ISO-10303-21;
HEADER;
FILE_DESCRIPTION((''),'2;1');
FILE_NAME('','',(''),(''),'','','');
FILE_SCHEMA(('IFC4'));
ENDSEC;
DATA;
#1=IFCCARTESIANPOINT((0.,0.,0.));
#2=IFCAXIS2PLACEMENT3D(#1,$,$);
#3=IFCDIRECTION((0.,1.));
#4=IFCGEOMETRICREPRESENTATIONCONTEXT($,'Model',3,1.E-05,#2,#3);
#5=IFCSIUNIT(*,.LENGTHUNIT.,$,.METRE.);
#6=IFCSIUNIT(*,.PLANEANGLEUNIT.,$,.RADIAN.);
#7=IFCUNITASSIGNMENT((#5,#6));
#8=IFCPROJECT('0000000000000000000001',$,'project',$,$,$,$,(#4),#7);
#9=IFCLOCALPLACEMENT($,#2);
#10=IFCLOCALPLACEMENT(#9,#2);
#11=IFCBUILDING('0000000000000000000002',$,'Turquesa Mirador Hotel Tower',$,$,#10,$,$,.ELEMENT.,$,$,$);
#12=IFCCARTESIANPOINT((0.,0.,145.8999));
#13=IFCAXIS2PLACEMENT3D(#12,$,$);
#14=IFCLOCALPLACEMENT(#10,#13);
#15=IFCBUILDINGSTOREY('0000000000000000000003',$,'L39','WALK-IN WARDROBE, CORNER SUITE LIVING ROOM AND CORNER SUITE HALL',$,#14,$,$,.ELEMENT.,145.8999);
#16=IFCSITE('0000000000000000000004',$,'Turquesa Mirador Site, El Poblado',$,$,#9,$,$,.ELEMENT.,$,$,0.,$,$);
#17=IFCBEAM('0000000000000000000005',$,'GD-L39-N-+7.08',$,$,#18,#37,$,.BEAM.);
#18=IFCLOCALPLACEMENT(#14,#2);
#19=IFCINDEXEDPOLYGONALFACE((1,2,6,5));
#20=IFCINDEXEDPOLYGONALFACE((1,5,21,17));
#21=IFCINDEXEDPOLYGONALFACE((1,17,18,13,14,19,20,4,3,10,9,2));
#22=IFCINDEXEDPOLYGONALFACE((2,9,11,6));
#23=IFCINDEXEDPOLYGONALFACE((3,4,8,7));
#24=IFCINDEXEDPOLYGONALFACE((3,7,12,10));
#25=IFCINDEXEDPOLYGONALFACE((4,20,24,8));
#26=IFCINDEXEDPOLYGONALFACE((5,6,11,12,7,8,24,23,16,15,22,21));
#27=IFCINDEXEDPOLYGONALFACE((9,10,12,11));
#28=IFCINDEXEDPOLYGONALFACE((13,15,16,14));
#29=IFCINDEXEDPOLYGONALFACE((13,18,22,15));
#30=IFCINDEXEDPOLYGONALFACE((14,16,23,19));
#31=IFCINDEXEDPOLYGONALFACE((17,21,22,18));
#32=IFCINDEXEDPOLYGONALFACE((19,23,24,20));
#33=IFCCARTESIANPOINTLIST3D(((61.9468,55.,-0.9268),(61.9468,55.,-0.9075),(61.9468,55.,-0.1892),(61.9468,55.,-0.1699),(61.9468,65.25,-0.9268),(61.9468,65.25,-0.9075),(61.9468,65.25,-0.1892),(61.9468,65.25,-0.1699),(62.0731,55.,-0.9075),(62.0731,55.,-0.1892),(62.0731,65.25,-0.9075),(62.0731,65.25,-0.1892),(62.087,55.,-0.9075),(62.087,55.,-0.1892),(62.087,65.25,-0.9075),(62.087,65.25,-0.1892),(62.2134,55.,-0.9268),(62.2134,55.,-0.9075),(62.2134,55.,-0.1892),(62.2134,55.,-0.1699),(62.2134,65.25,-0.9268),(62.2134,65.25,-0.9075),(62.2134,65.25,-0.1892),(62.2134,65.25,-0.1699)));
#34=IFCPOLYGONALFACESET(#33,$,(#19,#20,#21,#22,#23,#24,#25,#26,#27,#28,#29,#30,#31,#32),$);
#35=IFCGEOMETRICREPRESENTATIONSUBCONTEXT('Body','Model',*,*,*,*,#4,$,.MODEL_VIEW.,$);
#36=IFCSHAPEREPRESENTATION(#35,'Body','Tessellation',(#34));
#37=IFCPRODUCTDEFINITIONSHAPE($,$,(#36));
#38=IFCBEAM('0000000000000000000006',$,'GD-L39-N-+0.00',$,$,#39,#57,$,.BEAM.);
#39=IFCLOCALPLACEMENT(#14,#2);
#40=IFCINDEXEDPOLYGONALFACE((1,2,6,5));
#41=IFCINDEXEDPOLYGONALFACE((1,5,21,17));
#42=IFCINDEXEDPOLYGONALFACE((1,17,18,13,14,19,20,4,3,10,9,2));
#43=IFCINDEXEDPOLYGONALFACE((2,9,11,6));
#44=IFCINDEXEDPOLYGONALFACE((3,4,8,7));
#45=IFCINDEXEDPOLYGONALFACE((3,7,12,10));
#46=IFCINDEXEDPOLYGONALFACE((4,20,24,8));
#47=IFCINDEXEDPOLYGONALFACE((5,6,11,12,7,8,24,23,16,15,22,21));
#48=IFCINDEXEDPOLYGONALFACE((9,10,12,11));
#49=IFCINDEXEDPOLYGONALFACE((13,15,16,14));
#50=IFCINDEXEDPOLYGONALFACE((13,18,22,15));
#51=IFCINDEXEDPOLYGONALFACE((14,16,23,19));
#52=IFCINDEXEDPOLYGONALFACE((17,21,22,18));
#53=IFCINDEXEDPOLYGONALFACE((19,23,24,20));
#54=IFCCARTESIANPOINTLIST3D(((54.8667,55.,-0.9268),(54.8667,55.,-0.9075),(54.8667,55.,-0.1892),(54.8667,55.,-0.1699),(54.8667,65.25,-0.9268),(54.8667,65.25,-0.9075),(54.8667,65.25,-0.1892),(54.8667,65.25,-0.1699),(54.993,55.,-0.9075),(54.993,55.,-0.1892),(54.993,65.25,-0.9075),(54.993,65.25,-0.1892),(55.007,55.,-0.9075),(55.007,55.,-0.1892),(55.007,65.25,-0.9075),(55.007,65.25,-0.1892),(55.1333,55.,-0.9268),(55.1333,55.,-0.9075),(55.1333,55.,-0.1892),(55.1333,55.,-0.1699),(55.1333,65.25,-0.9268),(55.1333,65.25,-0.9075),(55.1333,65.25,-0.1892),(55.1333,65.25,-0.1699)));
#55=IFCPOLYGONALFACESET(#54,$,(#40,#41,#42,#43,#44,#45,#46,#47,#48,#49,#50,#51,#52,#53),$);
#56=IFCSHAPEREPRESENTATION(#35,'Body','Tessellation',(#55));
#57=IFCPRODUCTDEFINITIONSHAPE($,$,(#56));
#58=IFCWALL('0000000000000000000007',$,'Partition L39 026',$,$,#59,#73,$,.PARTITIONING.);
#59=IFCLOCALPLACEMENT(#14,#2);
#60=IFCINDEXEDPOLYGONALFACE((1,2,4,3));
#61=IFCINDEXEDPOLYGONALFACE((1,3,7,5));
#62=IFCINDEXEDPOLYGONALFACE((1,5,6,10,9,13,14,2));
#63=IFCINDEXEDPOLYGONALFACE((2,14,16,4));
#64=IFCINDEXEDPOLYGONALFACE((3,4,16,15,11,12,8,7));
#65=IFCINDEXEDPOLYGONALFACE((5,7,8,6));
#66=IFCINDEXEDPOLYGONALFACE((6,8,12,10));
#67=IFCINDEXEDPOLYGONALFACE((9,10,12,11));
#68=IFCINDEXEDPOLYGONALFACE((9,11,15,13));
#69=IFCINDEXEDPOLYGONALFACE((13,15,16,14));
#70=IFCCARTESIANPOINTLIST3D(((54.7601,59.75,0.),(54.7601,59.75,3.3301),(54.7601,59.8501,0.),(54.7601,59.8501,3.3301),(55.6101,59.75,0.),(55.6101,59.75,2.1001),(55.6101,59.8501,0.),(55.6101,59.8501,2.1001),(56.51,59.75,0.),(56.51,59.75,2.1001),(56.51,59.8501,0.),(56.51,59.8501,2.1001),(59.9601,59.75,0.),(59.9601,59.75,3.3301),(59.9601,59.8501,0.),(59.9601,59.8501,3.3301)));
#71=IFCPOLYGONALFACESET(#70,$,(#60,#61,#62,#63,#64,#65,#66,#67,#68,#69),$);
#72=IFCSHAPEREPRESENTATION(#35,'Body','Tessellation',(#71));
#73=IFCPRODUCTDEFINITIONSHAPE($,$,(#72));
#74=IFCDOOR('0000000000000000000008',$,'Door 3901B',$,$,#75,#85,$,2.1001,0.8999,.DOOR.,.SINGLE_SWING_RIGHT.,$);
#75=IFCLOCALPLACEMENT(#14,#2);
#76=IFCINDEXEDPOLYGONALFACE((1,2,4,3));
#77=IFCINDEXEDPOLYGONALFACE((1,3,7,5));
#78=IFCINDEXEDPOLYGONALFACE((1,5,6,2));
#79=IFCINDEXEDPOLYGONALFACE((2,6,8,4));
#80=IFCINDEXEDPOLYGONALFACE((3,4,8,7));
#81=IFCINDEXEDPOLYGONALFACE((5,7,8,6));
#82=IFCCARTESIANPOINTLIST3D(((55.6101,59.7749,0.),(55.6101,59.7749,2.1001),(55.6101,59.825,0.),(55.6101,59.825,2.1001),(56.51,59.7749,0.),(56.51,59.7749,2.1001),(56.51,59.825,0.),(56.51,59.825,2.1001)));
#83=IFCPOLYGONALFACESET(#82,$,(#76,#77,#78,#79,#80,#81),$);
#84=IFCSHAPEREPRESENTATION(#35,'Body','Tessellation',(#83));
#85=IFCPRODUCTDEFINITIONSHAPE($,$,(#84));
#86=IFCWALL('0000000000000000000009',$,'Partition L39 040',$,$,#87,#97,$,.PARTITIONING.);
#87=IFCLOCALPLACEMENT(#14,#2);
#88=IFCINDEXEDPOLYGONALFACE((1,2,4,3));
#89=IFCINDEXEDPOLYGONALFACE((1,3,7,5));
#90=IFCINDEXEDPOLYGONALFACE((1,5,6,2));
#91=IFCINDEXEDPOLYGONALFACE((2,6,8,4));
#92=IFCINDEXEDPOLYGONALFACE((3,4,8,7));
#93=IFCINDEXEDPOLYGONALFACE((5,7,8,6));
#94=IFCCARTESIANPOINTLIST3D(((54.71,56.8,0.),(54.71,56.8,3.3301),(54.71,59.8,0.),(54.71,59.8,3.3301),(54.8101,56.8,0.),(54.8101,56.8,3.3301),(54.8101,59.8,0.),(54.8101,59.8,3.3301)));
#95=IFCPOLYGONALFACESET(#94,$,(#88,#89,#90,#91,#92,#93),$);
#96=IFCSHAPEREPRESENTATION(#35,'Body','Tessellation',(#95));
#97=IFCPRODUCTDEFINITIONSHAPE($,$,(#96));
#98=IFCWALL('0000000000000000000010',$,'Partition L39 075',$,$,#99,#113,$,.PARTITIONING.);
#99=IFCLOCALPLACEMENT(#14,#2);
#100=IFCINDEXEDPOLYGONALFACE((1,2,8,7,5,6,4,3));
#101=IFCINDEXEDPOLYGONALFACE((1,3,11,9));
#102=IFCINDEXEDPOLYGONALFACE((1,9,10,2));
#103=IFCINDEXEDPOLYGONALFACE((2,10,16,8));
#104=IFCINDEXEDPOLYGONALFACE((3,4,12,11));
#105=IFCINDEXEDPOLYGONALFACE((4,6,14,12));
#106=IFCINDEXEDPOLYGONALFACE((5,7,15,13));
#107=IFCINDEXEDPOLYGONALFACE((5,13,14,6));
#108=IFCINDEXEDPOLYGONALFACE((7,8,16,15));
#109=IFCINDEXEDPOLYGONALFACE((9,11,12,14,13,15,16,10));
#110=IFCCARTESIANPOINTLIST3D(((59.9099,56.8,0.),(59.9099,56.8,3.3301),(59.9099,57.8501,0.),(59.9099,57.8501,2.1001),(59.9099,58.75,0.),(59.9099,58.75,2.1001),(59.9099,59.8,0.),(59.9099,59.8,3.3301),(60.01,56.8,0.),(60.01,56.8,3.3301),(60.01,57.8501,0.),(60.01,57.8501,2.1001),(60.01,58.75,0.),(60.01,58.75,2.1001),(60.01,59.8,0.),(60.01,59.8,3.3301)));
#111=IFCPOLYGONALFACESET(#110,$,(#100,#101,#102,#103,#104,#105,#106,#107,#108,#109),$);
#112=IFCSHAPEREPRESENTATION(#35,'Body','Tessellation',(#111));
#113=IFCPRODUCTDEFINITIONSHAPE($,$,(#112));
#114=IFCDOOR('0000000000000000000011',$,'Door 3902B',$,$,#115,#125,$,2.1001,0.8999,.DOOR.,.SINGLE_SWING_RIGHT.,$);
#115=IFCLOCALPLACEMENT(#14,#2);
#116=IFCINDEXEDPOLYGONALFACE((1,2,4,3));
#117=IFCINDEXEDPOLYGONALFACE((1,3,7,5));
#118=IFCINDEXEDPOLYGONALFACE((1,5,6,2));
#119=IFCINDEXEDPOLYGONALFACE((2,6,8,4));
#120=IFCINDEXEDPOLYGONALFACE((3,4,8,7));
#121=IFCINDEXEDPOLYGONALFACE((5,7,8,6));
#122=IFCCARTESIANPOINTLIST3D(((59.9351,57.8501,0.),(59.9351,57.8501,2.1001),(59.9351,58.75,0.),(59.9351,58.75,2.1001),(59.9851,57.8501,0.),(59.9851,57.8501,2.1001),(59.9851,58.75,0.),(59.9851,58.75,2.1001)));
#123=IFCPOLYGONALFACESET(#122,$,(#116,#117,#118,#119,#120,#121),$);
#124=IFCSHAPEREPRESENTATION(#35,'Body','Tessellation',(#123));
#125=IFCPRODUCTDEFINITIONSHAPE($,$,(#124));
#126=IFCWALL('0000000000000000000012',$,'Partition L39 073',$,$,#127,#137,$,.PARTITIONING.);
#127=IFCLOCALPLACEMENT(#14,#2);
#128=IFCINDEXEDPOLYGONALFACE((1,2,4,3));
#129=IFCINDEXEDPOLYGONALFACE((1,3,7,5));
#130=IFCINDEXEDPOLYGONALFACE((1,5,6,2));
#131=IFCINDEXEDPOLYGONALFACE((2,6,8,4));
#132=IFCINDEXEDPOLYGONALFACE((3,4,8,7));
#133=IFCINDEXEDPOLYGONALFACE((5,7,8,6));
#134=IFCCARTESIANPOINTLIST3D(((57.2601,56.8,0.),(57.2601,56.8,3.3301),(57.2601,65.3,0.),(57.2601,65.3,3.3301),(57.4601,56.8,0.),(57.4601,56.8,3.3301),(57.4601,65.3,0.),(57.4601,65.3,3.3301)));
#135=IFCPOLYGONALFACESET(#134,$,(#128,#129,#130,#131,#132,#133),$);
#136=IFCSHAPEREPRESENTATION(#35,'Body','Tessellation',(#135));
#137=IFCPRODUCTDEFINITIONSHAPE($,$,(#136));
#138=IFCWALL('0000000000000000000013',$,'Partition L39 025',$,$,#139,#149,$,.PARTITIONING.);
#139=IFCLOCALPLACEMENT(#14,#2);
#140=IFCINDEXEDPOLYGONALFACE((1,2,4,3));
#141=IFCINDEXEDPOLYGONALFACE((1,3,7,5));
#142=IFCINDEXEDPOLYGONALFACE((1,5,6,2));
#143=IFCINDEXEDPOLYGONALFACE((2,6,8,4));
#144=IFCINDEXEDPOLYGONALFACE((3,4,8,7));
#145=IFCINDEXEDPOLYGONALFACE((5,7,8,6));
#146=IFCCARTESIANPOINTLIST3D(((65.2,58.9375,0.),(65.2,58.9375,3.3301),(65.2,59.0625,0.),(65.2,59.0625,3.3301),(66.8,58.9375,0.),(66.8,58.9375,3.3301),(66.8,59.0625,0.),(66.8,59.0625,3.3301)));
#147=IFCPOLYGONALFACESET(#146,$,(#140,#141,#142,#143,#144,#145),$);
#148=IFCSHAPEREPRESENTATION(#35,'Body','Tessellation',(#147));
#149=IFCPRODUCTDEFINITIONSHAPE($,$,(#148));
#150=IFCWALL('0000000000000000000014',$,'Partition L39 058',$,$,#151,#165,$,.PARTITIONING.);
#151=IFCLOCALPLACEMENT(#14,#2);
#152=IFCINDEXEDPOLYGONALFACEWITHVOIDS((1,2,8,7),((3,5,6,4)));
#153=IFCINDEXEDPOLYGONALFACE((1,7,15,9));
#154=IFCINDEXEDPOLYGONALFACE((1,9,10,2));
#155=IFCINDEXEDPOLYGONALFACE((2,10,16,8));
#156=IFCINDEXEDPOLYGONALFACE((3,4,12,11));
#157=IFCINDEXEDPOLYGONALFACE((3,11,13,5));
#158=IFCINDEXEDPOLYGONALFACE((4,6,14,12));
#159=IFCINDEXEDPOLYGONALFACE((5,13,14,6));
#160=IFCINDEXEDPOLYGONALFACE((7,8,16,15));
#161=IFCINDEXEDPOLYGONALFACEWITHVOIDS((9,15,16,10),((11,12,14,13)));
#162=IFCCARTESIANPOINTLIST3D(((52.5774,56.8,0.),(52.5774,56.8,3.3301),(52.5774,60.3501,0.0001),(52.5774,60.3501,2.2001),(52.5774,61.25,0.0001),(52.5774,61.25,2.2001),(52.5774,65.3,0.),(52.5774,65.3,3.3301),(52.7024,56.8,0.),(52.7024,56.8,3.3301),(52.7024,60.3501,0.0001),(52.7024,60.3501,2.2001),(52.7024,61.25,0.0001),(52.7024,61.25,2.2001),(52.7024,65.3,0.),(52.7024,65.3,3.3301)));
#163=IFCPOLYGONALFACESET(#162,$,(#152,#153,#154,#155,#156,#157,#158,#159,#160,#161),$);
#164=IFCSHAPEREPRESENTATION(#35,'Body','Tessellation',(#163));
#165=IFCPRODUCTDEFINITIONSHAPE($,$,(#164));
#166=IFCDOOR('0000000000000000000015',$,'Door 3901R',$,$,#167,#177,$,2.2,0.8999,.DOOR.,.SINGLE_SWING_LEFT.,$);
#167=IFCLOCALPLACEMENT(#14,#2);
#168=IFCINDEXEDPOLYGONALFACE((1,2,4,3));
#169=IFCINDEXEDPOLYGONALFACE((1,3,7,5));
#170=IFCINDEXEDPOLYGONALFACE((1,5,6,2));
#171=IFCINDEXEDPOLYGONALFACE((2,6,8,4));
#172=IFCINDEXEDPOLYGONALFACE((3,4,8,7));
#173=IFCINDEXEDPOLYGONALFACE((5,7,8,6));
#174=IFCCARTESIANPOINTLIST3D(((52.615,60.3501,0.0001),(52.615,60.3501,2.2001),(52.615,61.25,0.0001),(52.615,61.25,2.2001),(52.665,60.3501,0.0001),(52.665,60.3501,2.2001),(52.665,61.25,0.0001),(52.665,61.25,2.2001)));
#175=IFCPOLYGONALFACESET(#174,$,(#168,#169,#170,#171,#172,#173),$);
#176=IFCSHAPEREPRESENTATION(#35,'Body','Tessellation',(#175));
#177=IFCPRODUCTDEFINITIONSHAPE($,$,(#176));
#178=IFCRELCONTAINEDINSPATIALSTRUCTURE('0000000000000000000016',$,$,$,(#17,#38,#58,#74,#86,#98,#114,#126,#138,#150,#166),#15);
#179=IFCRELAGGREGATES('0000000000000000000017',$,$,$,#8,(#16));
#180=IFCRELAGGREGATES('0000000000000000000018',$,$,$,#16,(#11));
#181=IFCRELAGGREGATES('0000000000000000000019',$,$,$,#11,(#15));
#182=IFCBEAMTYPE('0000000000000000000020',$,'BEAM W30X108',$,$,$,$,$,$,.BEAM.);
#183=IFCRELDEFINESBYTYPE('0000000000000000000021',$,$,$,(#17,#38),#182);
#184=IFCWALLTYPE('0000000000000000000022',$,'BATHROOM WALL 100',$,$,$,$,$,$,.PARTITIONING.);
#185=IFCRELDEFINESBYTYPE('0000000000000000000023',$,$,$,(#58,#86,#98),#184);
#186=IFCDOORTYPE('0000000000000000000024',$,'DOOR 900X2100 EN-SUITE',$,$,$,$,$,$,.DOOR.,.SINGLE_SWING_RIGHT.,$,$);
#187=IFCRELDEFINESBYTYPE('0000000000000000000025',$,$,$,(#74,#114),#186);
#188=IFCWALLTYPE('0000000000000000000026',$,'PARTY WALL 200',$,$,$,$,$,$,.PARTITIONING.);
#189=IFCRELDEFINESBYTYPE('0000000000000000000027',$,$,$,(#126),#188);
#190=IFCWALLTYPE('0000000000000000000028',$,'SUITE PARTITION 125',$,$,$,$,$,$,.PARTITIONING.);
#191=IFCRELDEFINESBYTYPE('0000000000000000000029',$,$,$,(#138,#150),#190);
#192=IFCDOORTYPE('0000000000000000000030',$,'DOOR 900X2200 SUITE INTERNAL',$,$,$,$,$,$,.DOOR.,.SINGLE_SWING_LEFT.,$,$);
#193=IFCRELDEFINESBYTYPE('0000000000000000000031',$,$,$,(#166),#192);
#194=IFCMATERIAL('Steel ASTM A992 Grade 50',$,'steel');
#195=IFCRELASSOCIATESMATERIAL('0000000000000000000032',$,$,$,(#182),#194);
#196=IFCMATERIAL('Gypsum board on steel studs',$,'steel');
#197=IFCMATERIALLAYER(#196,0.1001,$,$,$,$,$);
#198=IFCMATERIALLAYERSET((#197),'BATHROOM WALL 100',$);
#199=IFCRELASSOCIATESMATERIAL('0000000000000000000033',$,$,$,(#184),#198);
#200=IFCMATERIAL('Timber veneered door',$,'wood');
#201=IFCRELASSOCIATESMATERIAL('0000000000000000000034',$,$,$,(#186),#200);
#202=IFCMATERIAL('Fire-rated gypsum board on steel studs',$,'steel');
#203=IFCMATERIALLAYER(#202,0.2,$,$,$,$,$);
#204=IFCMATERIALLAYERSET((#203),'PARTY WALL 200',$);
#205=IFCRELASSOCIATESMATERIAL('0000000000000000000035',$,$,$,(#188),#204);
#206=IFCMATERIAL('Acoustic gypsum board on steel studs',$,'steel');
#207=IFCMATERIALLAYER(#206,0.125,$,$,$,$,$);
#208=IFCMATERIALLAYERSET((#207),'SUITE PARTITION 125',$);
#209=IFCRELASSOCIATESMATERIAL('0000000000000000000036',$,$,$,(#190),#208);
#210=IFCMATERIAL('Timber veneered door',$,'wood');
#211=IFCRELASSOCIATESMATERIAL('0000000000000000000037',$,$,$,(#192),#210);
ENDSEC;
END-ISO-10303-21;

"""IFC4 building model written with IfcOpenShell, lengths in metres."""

from ifc_helpers import new_model, si_unit, direction, frame, frame_2d, origin, origin_2d, place, context, subcontext, project, spatial, rectangle, i_section, extrude, material, layer, layer_set, material_profile, profile_set, type_object, element, fill, save


model = new_model("IFC4")

# Units and contexts
model_context = context("Model", 3, precision=1e-05, world=origin(), true_north=direction((0.0, 1.0)))
body_context = subcontext(model_context, "Body", "Model", "MODEL_VIEW")
ifc_project = project(units=[si_unit("LENGTHUNIT", "METRE"), si_unit("PLANEANGLEUNIT", "RADIAN")], contexts=[model_context])

# Site, building, storey
site_placement = place(None, origin())
site = spatial("IfcSite", under=ifc_project, at=site_placement, Name="Turquesa Mirador Site, El Poblado", CompositionType="ELEMENT", RefElevation=0.0)
building_placement = place(site_placement, origin())
building = spatial("IfcBuilding", under=site, at=building_placement, Name="Turquesa Mirador Hotel Tower", CompositionType="ELEMENT")
storey_placement = place(building_placement, frame((0.0, 0.0, 145.8999)))
storey = spatial("IfcBuildingStorey", under=building, at=storey_placement, Name="L39", Description="WALK-IN WARDROBE, CORNER SUITE LIVING ROOM AND CORNER SUITE HALL", CompositionType="ELEMENT", Elevation=145.8999)

# Beams
ifc_material_1 = material(Name="Steel ASTM A992 Grade 50", Category="steel")
ifc_material_profile_1 = material_profile(ifc_material_1, i_section(OverallWidth=0.2666, OverallDepth=0.7568, WebThickness=0.0139, FlangeThickness=0.0193, at=origin_2d()), Name="W30X108")
ifc_profile_set_1 = profile_set([ifc_material_profile_1], Name="Steel ASTM A992 Grade 50")
beam_type_1 = type_object("IfcBeamType", Name="BEAM W30X108", PredefinedType="BEAM", material=ifc_profile_set_1)
for number, where, z_axis, x_axis, name in (
    (1, (62.0801, 65.25, -0.5483), (0.0, -1.0, 0.0), (1.0, 0.0, 0.0), "GD-L39-N-+7.08"),
    (2, (55.0, 65.25, -0.5483), (0.0, -1.0, 0.0), (1.0, 0.0, 0.0), "GD-L39-N-+0.00"),
):
    element("IfcBeam", number, at=place(storey_placement, frame(where, z_axis=z_axis, x_axis=x_axis)), inside=storey, type_object=beam_type_1, Name=name, PredefinedType="BEAM", context=body_context, shape_type="SweptSolid", body=[
        extrude(i_section(OverallWidth=0.2666, OverallDepth=0.7568, WebThickness=0.0139, FlangeThickness=0.0193, at=origin_2d()), origin(), (0.0, 0.0, 1.0), 10.25),
    ])

# Wall, opening, door
ifc_material_2 = material(Name="Gypsum board on steel studs", Category="steel")
ifc_layer_1 = layer(ifc_material_2, 0.1001)
ifc_layer_set_1 = layer_set([ifc_layer_1], Name="BATHROOM WALL 100")
wall_type_1 = type_object("IfcWallType", Name="BATHROOM WALL 100", PredefinedType="PARTITIONING", material=ifc_layer_set_1)
wall_1_placement = place(storey_placement, frame((54.76, 59.8, 0.0), z_axis=(0.0, 0.0, 1.0), x_axis=(1.0, 0.0, 0.0)))
wall_1 = element("IfcWall", 3, at=wall_1_placement, inside=storey, type_object=wall_type_1, Name="Partition L39 026", PredefinedType="PARTITIONING", context=body_context, shape_type="SweptSolid", body=[
    extrude(rectangle(XDim=5.2, YDim=0.1001, at=frame_2d((2.6001, 0.0))), origin(), (0.0, 0.0, 1.0), 3.3301),
])
opening_1_placement = place(wall_1_placement, frame((0.8501, 0.0, 0.0)))
opening_1 = element("IfcOpeningElement", 4, at=opening_1_placement, cuts=wall_1, PredefinedType="OPENING", context=body_context, shape_type="SweptSolid", body=[
    extrude(rectangle(XDim=0.8999, YDim=2.1001, at=frame_2d((0.45, 1.05))), frame((0.0, 0.0601, 0.0), z_axis=(0.0, -1.0, 0.0), x_axis=(1.0, 0.0, 0.0)), (0.0, 0.0, 1.0), 0.1201),
])
ifc_material_3 = material(Name="Timber veneered door", Category="wood")
door_type_1 = type_object("IfcDoorType", Name="DOOR 900X2100 EN-SUITE", OperationType="SINGLE_SWING_RIGHT", PredefinedType="DOOR", material=ifc_material_3)
door_1_placement = place(opening_1_placement, origin())
door_1 = element("IfcDoor", 5, at=door_1_placement, inside=storey, type_object=door_type_1, Name="Door 3901B", OperationType="SINGLE_SWING_RIGHT", OverallHeight=2.1001, OverallWidth=0.8999, PredefinedType="DOOR", context=body_context, shape_type="SweptSolid", body=[
    extrude(rectangle(XDim=0.8999, YDim=2.1001, at=frame_2d((0.45, 1.05))), frame((0.0, 0.0249, 0.0), z_axis=(0.0, -1.0, 0.0), x_axis=(1.0, 0.0, 0.0)), (0.0, 0.0, 1.0), 0.05),
])
fill(opening_1, door_1)

# Wall
wall_2_placement = place(storey_placement, frame((54.76, 56.8, 0.0), z_axis=(0.0, 0.0, 1.0), x_axis=(0.0, 1.0, 0.0)))
element("IfcWall", 6, at=wall_2_placement, inside=storey, type_object=wall_type_1, Name="Partition L39 040", PredefinedType="PARTITIONING", context=body_context, shape_type="SweptSolid", body=[
    extrude(rectangle(XDim=3.0, YDim=0.1001, at=frame_2d((1.5, 0.0))), origin(), (0.0, 0.0, 1.0), 3.3301),
])

# Wall, opening, door
wall_3_placement = place(storey_placement, frame((59.96, 56.8, 0.0), z_axis=(0.0, 0.0, 1.0), x_axis=(0.0, 1.0, 0.0)))
wall_3 = element("IfcWall", 7, at=wall_3_placement, inside=storey, type_object=wall_type_1, Name="Partition L39 075", PredefinedType="PARTITIONING", context=body_context, shape_type="SweptSolid", body=[
    extrude(rectangle(XDim=3.0, YDim=0.1001, at=frame_2d((1.5, 0.0))), origin(), (0.0, 0.0, 1.0), 3.3301),
])
opening_2_placement = place(wall_3_placement, frame((1.05, 0.0, 0.0)))
opening_2 = element("IfcOpeningElement", 8, at=opening_2_placement, cuts=wall_3, PredefinedType="OPENING", context=body_context, shape_type="SweptSolid", body=[
    extrude(rectangle(XDim=0.8999, YDim=2.1001, at=frame_2d((0.45, 1.05))), frame((0.0, 0.0601, 0.0), z_axis=(0.0, -1.0, 0.0), x_axis=(1.0, 0.0, 0.0)), (0.0, 0.0, 1.0), 0.1201),
])
door_2_placement = place(opening_2_placement, origin())
door_2 = element("IfcDoor", 9, at=door_2_placement, inside=storey, type_object=door_type_1, Name="Door 3902B", OperationType="SINGLE_SWING_RIGHT", OverallHeight=2.1001, OverallWidth=0.8999, PredefinedType="DOOR", context=body_context, shape_type="SweptSolid", body=[
    extrude(rectangle(XDim=0.8999, YDim=2.1001, at=frame_2d((0.45, 1.05))), frame((0.0, 0.0249, 0.0), z_axis=(0.0, -1.0, 0.0), x_axis=(1.0, 0.0, 0.0)), (0.0, 0.0, 1.0), 0.05),
])
fill(opening_2, door_2)

# Walls
ifc_material_4 = material(Name="Fire-rated gypsum board on steel studs", Category="steel")
ifc_layer_2 = layer(ifc_material_4, 0.2)
ifc_layer_set_2 = layer_set([ifc_layer_2], Name="PARTY WALL 200")
wall_type_2 = type_object("IfcWallType", Name="PARTY WALL 200", PredefinedType="PARTITIONING", material=ifc_layer_set_2)
wall_4_placement = place(storey_placement, frame((57.3601, 56.8, 0.0), z_axis=(0.0, 0.0, 1.0), x_axis=(0.0, 1.0, 0.0)))
element("IfcWall", 10, at=wall_4_placement, inside=storey, type_object=wall_type_2, Name="Partition L39 073", PredefinedType="PARTITIONING", context=body_context, shape_type="SweptSolid", body=[
    extrude(rectangle(XDim=8.5, YDim=0.2, at=frame_2d((4.25, 0.0))), origin(), (0.0, 0.0, 1.0), 3.3301),
])
ifc_material_5 = material(Name="Acoustic gypsum board on steel studs", Category="steel")
ifc_layer_3 = layer(ifc_material_5, 0.125)
ifc_layer_set_3 = layer_set([ifc_layer_3], Name="SUITE PARTITION 125")
wall_type_3 = type_object("IfcWallType", Name="SUITE PARTITION 125", PredefinedType="PARTITIONING", material=ifc_layer_set_3)
wall_5_placement = place(storey_placement, frame((65.2, 59.0, 0.0), z_axis=(0.0, 0.0, 1.0), x_axis=(1.0, 0.0, 0.0)))
element("IfcWall", 11, at=wall_5_placement, inside=storey, type_object=wall_type_3, Name="Partition L39 025", PredefinedType="PARTITIONING", context=body_context, shape_type="SweptSolid", body=[
    extrude(rectangle(XDim=1.6001, YDim=0.125, at=frame_2d((0.8, 0.0))), origin(), (0.0, 0.0, 1.0), 3.3301),
])

# Wall, opening, door
wall_6_placement = place(storey_placement, frame((52.6399, 56.8, 0.0), z_axis=(0.0, 0.0, 1.0), x_axis=(0.0, 1.0, 0.0)))
wall_6 = element("IfcWall", 12, at=wall_6_placement, inside=storey, type_object=wall_type_3, Name="Partition L39 058", PredefinedType="PARTITIONING", context=body_context, shape_type="SweptSolid", body=[
    extrude(rectangle(XDim=8.5, YDim=0.125, at=frame_2d((4.25, 0.0))), origin(), (0.0, 0.0, 1.0), 3.3301),
])
opening_3_placement = place(wall_6_placement, frame((3.55, 0.0, 0.0)))
opening_3 = element("IfcOpeningElement", 13, at=opening_3_placement, cuts=wall_6, PredefinedType="OPENING", context=body_context, shape_type="SweptSolid", body=[
    extrude(rectangle(XDim=0.8999, YDim=2.2, at=frame_2d((0.45, 1.1001))), frame((0.0, 0.0725, 0.0), z_axis=(0.0, -1.0, 0.0), x_axis=(1.0, 0.0, 0.0)), (0.0, 0.0, 1.0), 0.145),
])
ifc_material_6 = material(Name="Timber veneered door", Category="wood")
door_type_2 = type_object("IfcDoorType", Name="DOOR 900X2200 SUITE INTERNAL", OperationType="SINGLE_SWING_LEFT", PredefinedType="DOOR", material=ifc_material_6)
door_3_placement = place(opening_3_placement, origin())
door_3 = element("IfcDoor", 14, at=door_3_placement, inside=storey, type_object=door_type_2, Name="Door 3901R", OperationType="SINGLE_SWING_LEFT", OverallHeight=2.2, OverallWidth=0.8999, PredefinedType="DOOR", context=body_context, shape_type="SweptSolid", body=[
    extrude(rectangle(XDim=0.8999, YDim=2.2, at=frame_2d((0.45, 1.1001))), frame((0.0, 0.0249, 0.0), z_axis=(0.0, -1.0, 0.0), x_axis=(1.0, 0.0, 0.0)), (0.0, 0.0, 1.0), 0.05),
])
fill(opening_3, door_3)

save(model, "model.ifc")
